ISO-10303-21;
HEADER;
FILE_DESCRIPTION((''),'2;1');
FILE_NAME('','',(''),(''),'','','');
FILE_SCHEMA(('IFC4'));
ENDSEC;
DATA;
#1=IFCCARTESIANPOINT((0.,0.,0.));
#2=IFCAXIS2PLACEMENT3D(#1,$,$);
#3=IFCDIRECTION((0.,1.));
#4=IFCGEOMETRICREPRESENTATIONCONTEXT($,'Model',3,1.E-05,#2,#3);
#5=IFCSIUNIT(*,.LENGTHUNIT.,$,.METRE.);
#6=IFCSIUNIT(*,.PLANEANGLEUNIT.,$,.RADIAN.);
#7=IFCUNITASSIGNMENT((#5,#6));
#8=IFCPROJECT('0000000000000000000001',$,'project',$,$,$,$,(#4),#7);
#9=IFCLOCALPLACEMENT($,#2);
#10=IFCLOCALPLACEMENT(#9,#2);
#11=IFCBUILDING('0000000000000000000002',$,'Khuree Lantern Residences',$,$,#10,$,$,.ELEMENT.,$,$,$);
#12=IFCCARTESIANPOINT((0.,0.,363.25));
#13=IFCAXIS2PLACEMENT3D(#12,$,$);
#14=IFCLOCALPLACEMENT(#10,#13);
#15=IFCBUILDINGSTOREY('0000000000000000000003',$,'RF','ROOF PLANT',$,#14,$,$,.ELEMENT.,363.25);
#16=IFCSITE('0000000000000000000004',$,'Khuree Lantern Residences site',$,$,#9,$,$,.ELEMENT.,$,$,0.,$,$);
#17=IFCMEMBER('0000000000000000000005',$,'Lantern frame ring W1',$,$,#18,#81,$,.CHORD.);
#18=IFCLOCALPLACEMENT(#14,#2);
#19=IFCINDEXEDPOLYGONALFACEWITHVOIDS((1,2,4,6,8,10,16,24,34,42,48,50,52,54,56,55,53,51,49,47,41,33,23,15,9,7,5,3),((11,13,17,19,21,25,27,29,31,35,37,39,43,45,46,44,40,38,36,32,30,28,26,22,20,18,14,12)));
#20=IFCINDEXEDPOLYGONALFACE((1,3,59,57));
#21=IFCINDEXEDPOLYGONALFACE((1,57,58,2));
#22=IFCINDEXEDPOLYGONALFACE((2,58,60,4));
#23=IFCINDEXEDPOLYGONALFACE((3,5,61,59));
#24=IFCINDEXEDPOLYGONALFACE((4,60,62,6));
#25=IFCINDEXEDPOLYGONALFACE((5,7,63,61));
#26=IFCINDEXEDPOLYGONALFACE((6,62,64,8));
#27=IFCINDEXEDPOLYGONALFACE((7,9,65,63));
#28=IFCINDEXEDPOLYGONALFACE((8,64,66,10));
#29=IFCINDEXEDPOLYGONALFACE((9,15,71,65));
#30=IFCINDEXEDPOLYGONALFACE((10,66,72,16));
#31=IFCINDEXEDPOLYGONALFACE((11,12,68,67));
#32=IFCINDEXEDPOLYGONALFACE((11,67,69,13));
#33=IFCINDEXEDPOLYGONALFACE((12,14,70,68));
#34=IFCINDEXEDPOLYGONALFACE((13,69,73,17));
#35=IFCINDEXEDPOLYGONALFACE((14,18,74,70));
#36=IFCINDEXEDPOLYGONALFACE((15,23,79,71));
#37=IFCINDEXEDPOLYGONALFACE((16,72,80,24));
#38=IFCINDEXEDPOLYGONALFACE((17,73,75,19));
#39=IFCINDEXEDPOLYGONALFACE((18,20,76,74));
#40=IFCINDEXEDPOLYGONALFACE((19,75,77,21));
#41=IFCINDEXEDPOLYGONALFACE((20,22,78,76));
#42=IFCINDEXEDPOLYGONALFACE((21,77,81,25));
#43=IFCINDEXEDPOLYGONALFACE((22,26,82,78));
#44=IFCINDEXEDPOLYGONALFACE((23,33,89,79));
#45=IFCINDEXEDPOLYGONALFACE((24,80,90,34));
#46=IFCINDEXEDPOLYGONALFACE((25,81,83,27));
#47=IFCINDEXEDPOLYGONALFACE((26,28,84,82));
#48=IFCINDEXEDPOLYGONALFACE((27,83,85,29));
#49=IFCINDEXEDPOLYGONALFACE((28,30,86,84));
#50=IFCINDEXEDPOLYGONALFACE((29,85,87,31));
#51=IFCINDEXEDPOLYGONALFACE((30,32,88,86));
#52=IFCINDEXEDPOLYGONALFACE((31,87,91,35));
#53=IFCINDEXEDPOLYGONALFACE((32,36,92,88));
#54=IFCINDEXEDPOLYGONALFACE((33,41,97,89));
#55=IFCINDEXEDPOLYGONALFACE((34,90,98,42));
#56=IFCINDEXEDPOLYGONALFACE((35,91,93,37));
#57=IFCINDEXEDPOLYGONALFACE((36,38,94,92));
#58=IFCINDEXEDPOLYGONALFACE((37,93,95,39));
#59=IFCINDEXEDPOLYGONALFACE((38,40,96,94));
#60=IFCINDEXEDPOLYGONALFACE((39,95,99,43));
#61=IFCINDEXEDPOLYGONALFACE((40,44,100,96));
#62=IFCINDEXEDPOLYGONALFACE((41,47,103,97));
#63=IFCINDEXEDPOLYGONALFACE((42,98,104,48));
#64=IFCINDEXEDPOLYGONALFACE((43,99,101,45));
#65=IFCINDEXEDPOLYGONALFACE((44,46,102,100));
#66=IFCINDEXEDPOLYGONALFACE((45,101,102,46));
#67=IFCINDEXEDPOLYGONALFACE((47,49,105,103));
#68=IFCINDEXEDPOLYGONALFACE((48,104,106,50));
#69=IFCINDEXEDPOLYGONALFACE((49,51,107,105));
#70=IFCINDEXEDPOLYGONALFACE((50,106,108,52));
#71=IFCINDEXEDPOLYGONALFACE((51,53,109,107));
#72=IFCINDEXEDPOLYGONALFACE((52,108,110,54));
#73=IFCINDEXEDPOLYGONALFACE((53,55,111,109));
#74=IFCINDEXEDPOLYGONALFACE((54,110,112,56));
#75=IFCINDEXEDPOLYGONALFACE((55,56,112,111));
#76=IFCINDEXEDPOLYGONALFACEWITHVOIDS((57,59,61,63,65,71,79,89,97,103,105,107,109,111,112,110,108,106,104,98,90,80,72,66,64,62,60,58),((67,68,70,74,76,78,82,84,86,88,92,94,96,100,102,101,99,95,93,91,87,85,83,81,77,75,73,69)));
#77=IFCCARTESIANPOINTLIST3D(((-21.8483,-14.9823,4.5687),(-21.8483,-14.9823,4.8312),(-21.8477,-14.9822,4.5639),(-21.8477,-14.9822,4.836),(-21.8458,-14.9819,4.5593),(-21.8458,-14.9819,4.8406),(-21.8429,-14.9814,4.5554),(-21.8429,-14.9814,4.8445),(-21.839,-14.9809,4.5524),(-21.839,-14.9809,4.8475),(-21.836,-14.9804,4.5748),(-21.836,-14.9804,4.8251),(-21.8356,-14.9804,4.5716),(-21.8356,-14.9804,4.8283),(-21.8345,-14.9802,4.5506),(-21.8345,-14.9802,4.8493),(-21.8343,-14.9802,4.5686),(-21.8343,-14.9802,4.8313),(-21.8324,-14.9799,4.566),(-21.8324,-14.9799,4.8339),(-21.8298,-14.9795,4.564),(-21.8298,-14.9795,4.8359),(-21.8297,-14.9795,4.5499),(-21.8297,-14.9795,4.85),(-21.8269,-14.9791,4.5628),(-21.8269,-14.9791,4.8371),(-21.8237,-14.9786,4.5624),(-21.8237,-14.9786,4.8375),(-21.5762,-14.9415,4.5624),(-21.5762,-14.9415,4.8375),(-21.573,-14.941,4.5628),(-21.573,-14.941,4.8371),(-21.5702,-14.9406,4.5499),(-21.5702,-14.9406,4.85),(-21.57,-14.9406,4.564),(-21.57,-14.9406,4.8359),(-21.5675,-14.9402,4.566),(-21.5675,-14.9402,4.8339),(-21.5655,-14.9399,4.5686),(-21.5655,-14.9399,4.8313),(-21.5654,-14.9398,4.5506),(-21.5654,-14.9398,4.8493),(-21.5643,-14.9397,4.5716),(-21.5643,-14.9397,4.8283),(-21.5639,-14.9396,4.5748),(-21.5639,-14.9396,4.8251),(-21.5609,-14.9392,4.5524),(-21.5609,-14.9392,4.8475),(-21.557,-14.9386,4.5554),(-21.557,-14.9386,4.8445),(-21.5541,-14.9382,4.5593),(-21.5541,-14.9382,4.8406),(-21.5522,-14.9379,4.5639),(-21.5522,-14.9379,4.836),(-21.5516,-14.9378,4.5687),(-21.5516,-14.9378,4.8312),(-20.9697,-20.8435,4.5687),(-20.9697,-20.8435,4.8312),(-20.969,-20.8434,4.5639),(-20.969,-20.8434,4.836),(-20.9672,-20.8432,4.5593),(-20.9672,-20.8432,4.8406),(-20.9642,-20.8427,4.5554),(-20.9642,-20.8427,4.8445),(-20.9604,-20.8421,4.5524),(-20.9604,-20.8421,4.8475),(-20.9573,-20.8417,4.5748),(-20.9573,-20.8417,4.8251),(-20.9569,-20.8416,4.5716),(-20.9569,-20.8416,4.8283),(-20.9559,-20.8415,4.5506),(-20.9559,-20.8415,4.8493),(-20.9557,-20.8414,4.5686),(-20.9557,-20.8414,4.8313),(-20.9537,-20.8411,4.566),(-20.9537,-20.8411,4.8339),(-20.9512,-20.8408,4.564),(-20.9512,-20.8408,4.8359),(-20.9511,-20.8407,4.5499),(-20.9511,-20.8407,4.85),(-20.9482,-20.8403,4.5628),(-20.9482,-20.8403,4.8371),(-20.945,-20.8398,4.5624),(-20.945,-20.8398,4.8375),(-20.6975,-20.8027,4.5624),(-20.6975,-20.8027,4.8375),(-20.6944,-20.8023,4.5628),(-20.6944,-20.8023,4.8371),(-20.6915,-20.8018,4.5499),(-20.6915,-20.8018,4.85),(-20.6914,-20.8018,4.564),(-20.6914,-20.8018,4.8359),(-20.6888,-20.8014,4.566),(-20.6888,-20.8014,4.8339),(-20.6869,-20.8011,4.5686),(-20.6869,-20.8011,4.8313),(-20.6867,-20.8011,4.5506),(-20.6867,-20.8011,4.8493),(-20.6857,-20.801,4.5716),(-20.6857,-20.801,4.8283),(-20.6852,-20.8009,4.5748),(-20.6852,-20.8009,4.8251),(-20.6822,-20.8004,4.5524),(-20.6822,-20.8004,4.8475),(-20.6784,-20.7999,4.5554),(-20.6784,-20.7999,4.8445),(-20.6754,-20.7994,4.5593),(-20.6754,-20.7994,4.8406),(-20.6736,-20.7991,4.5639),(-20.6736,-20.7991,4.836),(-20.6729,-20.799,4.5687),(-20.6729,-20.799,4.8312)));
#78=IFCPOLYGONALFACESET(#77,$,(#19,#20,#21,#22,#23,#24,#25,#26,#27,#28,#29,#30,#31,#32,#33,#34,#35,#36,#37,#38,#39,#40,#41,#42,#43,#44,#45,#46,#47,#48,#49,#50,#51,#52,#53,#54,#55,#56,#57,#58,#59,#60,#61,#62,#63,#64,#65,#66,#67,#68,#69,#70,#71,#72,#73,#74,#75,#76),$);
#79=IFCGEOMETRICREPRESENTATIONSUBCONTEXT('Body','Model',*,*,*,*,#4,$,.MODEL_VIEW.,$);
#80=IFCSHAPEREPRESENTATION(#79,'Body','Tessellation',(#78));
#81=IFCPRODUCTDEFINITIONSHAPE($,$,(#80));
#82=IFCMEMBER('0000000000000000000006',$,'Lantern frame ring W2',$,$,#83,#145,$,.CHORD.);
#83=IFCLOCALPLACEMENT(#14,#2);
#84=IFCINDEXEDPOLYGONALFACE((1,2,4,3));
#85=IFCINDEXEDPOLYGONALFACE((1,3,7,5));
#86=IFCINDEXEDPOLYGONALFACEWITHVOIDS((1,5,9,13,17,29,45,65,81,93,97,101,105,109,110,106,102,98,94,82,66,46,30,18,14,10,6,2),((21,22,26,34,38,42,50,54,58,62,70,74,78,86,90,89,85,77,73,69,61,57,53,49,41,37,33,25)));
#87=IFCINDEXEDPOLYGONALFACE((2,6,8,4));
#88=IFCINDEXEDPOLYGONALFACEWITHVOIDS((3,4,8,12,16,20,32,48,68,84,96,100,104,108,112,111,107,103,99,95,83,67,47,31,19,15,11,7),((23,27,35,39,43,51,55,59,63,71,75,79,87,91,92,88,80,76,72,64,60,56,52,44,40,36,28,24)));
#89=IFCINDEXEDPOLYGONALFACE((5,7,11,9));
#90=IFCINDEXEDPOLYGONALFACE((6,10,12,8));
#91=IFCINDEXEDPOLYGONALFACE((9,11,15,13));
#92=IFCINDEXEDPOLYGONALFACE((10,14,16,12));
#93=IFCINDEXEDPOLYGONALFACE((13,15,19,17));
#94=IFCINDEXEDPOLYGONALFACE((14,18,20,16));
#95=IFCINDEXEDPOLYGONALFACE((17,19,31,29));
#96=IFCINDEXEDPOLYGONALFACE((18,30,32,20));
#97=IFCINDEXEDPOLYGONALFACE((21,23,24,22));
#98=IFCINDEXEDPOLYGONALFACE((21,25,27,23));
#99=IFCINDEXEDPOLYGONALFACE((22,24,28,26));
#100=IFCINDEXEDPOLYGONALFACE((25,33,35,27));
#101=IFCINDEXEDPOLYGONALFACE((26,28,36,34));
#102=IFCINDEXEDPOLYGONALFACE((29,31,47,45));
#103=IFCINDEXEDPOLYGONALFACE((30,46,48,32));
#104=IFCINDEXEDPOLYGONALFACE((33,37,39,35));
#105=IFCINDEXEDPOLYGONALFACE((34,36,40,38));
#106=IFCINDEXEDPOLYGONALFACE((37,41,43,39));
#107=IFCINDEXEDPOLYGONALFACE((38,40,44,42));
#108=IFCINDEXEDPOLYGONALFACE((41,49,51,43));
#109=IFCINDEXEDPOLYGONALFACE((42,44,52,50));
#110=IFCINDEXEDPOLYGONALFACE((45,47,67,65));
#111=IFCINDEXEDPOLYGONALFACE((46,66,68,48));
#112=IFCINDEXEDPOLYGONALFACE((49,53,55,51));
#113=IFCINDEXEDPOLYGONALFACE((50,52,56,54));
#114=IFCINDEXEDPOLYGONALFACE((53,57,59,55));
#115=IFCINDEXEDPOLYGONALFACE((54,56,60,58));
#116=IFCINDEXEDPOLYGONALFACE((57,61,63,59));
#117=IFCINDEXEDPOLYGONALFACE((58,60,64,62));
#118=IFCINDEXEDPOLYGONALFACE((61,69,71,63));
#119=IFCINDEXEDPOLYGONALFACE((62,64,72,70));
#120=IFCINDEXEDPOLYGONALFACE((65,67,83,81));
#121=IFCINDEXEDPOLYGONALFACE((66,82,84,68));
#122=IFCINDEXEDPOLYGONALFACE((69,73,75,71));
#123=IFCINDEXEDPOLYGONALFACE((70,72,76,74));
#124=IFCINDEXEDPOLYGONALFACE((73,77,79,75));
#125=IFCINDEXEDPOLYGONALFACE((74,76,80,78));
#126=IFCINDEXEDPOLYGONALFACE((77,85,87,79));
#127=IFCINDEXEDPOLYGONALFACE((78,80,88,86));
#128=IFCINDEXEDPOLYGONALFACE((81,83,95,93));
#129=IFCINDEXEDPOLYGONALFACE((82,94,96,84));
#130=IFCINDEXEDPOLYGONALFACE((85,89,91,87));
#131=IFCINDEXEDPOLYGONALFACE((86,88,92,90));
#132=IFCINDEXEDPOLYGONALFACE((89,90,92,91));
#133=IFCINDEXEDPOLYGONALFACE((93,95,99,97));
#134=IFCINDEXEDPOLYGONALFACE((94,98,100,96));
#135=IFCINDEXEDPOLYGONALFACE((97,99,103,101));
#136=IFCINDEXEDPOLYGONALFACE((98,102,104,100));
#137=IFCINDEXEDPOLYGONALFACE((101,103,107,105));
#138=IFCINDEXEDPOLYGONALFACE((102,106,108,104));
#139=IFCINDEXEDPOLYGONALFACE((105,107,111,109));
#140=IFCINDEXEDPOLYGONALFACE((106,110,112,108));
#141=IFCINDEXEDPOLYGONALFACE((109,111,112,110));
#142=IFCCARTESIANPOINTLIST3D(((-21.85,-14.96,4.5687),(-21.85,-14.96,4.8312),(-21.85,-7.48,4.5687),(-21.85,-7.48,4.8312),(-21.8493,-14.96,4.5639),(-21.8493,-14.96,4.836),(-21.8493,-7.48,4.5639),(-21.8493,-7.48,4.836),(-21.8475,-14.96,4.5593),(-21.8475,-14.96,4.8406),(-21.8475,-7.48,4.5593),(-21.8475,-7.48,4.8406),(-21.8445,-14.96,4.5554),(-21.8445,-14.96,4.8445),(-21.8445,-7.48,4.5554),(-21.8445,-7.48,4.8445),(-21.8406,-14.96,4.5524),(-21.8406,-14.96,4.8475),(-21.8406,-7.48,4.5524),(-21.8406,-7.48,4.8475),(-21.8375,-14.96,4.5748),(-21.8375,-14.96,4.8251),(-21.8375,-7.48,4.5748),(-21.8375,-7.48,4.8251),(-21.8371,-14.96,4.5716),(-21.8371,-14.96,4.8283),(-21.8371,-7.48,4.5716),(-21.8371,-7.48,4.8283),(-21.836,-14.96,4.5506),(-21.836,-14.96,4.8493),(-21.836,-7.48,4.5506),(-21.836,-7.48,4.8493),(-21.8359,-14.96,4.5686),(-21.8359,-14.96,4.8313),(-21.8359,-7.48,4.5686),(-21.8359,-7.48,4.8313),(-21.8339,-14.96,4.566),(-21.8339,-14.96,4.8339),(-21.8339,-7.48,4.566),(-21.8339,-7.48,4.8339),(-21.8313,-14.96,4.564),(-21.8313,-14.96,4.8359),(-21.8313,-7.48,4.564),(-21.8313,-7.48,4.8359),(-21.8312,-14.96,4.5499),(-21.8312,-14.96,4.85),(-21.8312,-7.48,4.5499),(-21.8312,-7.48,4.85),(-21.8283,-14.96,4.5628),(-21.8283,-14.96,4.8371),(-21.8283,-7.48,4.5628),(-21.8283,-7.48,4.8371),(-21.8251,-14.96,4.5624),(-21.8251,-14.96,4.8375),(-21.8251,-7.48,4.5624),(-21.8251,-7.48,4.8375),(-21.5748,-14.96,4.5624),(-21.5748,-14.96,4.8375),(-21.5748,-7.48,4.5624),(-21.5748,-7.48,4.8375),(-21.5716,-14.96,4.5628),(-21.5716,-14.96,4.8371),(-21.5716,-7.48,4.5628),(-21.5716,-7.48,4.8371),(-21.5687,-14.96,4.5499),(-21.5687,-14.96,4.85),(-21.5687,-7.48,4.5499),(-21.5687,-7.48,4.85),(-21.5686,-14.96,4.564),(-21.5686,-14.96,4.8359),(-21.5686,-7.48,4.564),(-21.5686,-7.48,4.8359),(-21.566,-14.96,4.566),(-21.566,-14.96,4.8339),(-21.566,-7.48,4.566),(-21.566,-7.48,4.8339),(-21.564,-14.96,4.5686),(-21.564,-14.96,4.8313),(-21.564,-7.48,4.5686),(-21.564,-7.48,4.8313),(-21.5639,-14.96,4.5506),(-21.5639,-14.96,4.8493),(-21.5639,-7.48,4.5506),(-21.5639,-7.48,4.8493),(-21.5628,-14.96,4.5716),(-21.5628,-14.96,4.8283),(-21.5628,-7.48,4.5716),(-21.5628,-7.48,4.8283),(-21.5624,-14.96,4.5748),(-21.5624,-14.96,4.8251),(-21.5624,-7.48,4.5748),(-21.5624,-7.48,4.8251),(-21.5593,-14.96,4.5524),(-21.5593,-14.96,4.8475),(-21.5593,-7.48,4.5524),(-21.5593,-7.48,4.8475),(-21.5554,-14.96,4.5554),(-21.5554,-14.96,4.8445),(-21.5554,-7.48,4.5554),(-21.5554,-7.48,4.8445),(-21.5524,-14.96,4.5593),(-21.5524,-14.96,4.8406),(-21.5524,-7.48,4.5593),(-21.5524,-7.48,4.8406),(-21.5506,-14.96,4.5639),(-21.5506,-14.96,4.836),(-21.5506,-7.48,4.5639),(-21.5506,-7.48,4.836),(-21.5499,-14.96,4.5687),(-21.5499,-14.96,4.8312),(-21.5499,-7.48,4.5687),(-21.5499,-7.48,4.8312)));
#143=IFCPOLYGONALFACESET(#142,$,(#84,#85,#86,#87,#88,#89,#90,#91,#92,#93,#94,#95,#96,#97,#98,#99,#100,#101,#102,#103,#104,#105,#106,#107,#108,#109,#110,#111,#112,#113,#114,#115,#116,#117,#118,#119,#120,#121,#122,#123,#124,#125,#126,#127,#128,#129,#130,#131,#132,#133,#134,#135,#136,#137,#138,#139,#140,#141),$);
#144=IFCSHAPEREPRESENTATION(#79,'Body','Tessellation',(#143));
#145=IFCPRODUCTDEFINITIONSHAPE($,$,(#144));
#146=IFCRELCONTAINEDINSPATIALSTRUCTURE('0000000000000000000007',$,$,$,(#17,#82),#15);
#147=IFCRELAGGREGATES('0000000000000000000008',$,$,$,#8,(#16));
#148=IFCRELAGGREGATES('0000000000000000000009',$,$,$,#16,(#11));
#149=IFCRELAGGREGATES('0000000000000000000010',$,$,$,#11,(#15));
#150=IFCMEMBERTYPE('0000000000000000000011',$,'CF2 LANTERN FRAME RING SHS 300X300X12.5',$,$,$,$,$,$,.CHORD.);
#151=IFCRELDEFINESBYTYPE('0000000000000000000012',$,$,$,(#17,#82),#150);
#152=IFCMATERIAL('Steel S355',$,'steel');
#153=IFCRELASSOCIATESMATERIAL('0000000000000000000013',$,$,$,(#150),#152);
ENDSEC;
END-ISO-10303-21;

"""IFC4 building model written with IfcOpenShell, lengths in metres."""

from ifc_helpers import new_model, si_unit, direction, frame, origin, origin_2d, place, context, subcontext, project, spatial, hollow_rectangle, extrude, material, material_profile, profile_set, type_object, element, save


model = new_model("IFC4")

# Units and contexts
model_context = context("Model", 3, precision=1e-05, world=origin(), true_north=direction((0.0, 1.0)))
body_context = subcontext(model_context, "Body", "Model", "MODEL_VIEW")
ifc_project = project(units=[si_unit("LENGTHUNIT", "METRE"), si_unit("PLANEANGLEUNIT", "RADIAN")], contexts=[model_context])

# Site, building, storey
site_placement = place(None, origin())
site = spatial("IfcSite", under=ifc_project, at=site_placement, Name="Khuree Lantern Residences site", CompositionType="ELEMENT", RefElevation=0.0)
building_placement = place(site_placement, origin())
building = spatial("IfcBuilding", under=site, at=building_placement, Name="Khuree Lantern Residences", CompositionType="ELEMENT")
storey_placement = place(building_placement, frame((0.0, 0.0, 363.25)))
storey = spatial("IfcBuildingStorey", under=building, at=storey_placement, Name="RF", Description="ROOF PLANT", CompositionType="ELEMENT", Elevation=363.25)

# Shared definitions
ifc_material_1 = material(Name="Steel S355", Category="steel")

# Members
ifc_material_profile_1 = material_profile(ifc_material_1, hollow_rectangle(XDim=0.3, YDim=0.3, WallThickness=0.0125, InnerFilletRadius=0.0125, OuterFilletRadius=0.0188, at=origin_2d()), Name="SHS 300X300X12.5")
ifc_profile_set_1 = profile_set([ifc_material_profile_1], Name="Steel S355")
member_type_1 = type_object("IfcMemberType", Name="CF2 LANTERN FRAME RING SHS 300X300X12.5", PredefinedType="CHORD", material=ifc_profile_set_1)
member_1_placement = place(storey_placement, frame((-20.8213, -20.8213, 4.7), z_axis=(-0.148252, 0.98895, 0.0), x_axis=(-0.98895, -0.148252, 0.0)))
element("IfcMember", 1, at=member_1_placement, inside=storey, type_object=member_type_1, Name="Lantern frame ring W1", PredefinedType="CHORD", context=body_context, shape_type="SweptSolid", body=[
    extrude(hollow_rectangle(XDim=0.3, YDim=0.3, WallThickness=0.0125, InnerFilletRadius=0.0125, OuterFilletRadius=0.0188, at=origin_2d()), origin(), (0.0, 0.0, 1.0), 5.9268),
])
for number, where, z_axis, x_axis, name in (
    (2, (-21.7, -14.96, 4.7), (0.0, 1.0, 0.0), (-1.0, 0.0, 0.0), "Lantern frame ring W2"),
):
    element("IfcMember", number, at=place(storey_placement, frame(where, z_axis=z_axis, x_axis=x_axis)), inside=storey, type_object=member_type_1, Name=name, PredefinedType="CHORD", context=body_context, shape_type="SweptSolid", body=[
        extrude(hollow_rectangle(XDim=0.3, YDim=0.3, WallThickness=0.0125, InnerFilletRadius=0.0125, OuterFilletRadius=0.0188, at=origin_2d()), origin(), (0.0, 0.0, 1.0), 7.48),
    ])

save(model, "model.ifc")
